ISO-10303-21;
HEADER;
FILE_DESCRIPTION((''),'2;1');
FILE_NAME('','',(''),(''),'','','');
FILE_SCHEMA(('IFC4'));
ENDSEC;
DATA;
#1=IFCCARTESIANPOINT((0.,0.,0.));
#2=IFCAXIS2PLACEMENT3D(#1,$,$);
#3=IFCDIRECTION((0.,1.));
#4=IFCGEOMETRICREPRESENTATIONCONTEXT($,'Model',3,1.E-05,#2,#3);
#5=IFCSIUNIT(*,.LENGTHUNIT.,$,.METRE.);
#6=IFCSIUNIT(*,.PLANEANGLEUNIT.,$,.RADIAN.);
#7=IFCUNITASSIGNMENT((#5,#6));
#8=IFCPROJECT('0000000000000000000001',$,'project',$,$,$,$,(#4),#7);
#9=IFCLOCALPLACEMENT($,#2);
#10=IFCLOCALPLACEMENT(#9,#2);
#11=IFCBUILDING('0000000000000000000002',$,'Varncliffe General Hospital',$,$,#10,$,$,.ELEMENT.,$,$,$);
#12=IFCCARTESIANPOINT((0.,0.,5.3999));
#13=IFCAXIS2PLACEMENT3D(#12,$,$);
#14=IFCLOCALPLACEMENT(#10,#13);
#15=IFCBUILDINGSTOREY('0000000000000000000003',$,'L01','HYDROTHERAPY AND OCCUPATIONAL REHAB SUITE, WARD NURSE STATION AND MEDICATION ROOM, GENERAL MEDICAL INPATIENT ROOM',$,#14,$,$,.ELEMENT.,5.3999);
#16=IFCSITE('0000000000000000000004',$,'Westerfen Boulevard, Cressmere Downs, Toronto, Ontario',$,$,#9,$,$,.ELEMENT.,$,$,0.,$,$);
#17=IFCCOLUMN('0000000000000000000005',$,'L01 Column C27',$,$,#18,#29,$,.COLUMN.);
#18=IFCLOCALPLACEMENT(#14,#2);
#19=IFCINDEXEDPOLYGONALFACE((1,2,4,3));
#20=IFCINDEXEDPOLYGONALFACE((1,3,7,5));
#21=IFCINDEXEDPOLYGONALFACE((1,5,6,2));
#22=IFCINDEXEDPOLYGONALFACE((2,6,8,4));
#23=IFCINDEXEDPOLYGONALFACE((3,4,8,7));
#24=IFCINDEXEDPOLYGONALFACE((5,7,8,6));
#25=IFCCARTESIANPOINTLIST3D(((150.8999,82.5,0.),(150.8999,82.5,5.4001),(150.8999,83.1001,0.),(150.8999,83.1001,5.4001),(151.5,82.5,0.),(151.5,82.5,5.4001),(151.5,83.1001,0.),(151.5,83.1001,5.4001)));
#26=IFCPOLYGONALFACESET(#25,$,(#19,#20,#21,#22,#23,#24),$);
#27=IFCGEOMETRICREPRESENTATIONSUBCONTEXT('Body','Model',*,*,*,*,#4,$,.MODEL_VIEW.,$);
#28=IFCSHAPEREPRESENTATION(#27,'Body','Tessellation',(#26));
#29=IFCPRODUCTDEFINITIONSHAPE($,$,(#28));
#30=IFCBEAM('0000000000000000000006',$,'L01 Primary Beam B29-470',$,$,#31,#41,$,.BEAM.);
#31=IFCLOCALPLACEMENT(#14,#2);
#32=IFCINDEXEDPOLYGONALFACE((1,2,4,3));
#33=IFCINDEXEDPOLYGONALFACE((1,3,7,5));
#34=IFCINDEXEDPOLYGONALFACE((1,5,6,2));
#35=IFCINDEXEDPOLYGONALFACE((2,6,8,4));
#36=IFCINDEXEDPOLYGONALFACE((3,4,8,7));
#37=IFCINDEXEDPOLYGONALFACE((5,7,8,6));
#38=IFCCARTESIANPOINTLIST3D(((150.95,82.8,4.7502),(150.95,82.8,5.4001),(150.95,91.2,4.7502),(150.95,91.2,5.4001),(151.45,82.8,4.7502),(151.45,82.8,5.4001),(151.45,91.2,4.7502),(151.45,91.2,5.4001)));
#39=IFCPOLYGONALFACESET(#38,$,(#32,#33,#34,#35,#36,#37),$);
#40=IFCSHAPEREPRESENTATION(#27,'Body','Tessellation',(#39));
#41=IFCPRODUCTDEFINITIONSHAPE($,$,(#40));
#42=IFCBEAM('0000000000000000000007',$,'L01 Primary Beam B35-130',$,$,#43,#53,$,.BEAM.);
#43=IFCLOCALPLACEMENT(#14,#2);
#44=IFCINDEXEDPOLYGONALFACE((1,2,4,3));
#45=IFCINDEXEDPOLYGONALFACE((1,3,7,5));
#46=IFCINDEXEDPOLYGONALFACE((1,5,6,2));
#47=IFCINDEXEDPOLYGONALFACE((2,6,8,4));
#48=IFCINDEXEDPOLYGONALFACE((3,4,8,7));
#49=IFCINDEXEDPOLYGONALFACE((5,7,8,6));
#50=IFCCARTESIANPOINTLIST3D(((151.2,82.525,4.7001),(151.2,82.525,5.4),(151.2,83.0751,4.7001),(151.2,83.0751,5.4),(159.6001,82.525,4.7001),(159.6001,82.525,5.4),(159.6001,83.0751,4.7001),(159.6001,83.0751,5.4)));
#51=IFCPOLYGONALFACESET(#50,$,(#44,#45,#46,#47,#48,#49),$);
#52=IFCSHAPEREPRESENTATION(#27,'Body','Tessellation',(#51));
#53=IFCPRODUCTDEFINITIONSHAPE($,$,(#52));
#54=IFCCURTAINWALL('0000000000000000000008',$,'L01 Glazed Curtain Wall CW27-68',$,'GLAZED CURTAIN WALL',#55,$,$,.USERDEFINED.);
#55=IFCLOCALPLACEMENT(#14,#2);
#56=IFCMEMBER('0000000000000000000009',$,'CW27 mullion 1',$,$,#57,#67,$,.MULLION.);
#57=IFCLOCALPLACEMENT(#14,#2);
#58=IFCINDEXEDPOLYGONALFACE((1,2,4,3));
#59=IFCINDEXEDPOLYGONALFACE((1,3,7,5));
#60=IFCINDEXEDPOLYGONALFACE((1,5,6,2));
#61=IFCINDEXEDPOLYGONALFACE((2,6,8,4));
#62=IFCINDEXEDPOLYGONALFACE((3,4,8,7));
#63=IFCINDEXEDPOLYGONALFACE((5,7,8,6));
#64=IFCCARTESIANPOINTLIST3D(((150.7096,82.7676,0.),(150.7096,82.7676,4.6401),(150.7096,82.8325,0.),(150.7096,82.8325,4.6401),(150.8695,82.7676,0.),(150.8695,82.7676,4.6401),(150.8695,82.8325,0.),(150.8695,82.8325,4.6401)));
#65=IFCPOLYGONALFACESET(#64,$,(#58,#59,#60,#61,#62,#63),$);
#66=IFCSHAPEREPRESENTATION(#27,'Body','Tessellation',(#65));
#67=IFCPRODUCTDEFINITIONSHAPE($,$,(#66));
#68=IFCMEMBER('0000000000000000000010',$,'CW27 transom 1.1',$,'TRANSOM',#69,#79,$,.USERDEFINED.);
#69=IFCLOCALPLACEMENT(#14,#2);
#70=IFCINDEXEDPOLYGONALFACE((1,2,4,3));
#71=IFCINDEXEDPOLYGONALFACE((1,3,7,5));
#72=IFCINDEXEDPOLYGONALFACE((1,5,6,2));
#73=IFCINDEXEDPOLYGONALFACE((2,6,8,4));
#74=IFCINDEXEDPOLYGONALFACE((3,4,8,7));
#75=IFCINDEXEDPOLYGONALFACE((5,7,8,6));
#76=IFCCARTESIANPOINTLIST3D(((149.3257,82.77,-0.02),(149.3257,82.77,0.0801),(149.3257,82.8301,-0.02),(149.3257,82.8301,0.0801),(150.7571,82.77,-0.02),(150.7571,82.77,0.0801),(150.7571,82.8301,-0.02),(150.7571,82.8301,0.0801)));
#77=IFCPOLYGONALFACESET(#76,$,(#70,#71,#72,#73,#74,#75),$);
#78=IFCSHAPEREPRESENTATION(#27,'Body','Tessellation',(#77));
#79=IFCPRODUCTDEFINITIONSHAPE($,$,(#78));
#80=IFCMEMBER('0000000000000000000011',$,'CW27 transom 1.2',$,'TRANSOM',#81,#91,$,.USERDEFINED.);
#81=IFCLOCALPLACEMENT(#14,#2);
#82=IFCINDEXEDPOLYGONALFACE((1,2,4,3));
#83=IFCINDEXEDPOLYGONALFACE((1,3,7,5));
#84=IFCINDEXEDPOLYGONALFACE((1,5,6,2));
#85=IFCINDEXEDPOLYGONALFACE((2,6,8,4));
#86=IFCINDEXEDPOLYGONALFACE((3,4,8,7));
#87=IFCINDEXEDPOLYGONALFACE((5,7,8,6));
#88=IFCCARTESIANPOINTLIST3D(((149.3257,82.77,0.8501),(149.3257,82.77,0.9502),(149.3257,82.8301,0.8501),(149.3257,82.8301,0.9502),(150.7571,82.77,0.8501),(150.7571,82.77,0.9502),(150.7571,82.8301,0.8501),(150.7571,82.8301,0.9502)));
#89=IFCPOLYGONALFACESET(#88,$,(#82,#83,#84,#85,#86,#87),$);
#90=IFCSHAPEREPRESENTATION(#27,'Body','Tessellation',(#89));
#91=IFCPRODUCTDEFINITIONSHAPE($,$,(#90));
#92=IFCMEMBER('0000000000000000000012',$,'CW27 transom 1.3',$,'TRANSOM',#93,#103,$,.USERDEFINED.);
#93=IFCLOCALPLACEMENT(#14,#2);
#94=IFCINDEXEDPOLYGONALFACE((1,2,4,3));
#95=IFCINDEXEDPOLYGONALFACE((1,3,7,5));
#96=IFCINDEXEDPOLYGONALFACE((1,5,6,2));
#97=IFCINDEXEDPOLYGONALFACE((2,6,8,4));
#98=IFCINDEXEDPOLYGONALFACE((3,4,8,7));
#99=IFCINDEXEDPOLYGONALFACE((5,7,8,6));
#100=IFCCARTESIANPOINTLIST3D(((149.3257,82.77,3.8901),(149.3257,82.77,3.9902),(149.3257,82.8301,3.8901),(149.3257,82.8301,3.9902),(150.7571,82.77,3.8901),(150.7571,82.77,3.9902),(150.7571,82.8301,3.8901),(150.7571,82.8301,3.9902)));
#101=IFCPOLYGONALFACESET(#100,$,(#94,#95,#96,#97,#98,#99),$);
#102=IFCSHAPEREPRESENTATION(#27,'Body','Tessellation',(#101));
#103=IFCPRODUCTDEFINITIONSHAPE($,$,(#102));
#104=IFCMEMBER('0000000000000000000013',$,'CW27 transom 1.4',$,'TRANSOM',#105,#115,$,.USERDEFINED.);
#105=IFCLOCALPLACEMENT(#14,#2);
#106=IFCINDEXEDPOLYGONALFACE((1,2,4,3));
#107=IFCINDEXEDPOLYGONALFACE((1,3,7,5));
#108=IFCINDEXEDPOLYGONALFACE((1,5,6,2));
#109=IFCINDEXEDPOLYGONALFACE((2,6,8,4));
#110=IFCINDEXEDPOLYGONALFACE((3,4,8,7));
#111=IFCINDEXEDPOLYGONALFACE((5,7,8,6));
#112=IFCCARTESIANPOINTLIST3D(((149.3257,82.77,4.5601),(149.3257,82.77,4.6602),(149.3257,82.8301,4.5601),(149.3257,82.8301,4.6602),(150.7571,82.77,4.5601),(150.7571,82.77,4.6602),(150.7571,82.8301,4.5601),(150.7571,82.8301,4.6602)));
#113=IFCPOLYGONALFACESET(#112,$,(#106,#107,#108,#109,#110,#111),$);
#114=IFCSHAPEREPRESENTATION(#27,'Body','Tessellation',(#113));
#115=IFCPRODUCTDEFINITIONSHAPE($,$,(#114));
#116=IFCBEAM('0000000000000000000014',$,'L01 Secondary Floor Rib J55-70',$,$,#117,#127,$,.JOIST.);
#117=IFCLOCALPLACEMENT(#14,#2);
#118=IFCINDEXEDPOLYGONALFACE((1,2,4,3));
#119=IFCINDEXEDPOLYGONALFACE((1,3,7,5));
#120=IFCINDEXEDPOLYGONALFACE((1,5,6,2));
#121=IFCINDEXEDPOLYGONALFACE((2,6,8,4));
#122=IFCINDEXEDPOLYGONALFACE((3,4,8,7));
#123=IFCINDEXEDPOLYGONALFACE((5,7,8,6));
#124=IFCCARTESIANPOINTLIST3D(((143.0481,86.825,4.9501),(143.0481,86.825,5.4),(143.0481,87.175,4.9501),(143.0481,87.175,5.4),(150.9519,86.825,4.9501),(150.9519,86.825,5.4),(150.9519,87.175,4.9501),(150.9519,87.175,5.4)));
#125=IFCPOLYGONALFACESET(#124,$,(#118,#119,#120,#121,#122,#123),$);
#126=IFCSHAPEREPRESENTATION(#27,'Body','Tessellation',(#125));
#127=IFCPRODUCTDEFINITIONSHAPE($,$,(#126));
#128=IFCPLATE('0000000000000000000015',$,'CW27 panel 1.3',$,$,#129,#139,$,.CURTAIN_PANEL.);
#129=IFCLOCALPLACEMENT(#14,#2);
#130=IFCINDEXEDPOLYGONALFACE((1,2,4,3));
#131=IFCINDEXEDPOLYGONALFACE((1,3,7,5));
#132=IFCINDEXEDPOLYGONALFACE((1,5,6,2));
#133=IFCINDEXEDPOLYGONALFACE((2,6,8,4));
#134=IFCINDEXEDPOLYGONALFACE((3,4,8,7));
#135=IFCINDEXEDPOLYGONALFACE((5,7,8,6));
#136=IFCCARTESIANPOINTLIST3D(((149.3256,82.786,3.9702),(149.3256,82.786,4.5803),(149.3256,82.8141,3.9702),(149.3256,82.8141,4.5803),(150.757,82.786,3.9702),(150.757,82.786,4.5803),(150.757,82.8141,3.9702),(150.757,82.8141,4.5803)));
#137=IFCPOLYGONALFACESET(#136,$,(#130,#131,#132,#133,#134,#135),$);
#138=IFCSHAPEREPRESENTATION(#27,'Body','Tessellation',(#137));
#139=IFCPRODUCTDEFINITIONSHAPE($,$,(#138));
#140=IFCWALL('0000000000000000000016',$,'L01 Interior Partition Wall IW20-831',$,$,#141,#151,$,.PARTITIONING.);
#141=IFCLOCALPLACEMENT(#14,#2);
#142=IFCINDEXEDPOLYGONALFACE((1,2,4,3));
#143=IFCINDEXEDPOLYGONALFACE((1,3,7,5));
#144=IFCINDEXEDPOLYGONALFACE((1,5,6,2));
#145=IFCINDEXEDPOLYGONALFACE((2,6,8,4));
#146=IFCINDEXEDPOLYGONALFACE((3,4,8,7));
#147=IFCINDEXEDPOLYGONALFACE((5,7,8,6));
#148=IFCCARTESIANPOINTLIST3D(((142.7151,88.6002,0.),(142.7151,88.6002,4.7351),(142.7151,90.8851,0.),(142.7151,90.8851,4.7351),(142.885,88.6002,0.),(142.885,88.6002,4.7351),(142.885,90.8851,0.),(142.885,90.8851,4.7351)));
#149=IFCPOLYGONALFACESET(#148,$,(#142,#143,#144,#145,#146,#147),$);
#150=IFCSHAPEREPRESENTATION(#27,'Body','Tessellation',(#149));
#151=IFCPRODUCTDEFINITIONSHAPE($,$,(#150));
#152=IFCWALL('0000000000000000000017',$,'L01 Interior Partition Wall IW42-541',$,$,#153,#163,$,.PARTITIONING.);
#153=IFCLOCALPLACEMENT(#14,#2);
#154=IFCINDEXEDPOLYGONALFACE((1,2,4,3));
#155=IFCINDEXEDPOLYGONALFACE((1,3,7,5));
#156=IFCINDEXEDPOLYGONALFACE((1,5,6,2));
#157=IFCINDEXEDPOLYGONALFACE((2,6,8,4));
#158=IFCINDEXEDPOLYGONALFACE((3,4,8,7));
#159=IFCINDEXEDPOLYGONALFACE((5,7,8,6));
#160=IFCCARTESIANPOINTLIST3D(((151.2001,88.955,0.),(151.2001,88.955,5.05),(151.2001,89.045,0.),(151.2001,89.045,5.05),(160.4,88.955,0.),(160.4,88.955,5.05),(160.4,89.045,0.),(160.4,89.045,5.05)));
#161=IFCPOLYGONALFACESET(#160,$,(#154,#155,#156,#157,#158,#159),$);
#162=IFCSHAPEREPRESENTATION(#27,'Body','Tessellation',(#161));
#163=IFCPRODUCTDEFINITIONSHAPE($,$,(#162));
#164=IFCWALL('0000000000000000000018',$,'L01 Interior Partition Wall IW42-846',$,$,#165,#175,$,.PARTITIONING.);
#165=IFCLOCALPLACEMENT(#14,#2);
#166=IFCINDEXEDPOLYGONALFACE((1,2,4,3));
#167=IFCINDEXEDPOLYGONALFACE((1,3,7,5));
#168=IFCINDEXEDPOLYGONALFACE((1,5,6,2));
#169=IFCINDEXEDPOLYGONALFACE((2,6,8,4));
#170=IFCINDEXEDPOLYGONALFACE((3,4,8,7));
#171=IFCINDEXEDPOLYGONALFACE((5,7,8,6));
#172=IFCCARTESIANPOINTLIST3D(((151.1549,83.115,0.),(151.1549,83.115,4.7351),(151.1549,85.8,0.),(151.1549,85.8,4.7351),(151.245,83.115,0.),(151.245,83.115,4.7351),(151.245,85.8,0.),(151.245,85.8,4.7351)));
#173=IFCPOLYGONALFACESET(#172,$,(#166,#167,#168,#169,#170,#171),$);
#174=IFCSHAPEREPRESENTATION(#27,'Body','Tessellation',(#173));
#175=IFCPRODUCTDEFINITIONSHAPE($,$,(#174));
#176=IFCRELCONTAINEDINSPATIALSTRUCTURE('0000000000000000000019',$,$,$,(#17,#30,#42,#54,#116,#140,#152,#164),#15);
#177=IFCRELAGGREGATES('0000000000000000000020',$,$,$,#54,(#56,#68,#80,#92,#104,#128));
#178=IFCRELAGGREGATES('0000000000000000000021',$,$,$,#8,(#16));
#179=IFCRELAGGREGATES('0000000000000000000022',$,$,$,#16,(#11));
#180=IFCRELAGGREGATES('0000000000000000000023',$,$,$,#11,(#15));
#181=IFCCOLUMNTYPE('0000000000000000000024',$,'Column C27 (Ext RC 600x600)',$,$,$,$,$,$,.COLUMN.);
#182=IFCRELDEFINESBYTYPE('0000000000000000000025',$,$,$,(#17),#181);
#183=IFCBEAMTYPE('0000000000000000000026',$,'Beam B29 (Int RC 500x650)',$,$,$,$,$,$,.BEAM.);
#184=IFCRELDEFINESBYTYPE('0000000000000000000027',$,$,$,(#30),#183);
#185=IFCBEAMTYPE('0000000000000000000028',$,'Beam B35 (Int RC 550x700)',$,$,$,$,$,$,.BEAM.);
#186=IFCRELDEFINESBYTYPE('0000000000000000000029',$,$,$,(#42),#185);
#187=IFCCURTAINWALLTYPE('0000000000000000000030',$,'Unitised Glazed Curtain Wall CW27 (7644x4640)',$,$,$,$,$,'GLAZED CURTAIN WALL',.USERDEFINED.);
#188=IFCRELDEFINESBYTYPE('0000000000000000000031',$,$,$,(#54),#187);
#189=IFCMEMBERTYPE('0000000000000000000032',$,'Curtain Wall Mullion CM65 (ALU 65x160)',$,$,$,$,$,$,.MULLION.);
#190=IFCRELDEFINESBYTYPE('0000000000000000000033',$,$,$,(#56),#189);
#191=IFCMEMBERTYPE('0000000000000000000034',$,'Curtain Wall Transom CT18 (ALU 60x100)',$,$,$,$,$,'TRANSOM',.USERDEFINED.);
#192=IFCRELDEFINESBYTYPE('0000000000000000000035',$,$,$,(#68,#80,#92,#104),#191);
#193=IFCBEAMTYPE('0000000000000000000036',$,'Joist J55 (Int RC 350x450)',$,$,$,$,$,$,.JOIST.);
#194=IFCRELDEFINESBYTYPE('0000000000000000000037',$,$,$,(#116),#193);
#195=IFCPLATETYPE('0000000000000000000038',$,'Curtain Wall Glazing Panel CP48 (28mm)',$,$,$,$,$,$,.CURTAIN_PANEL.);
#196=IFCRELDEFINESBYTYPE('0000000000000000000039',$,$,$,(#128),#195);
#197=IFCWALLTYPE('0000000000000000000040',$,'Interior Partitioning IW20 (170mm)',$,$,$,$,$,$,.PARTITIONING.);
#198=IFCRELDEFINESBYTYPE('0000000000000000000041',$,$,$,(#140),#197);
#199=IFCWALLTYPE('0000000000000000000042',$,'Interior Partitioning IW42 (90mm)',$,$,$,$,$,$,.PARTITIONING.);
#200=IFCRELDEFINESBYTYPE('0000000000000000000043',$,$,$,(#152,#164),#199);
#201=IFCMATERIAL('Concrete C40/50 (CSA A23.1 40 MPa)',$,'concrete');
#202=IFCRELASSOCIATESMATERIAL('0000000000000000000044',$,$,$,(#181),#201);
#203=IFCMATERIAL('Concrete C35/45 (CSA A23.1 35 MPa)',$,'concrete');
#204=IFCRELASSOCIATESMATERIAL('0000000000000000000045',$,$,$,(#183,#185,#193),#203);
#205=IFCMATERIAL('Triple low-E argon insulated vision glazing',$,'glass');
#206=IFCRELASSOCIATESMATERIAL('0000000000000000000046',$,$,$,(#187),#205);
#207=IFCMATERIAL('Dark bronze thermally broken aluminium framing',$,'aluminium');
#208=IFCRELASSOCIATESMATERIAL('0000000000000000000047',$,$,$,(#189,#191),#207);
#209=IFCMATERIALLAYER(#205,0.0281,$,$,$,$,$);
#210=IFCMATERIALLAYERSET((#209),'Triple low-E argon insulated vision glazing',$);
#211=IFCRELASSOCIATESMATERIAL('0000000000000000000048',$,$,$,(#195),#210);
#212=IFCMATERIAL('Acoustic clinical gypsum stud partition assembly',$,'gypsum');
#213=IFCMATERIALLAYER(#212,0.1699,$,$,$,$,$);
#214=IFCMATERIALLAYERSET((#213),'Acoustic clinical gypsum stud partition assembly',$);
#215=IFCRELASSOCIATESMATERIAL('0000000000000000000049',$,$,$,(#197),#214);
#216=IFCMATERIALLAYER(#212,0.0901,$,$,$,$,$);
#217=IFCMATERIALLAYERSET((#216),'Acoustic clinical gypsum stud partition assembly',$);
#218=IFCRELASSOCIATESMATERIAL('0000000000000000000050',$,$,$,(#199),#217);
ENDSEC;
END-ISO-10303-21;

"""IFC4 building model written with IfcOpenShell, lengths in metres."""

from ifc_helpers import new_model, si_unit, direction, frame, frame_2d, origin, origin_2d, place, context, subcontext, project, spatial, rectangle, extrude, material, layer, layer_set, material_profile, profile_set, type_object, element, aggregate, save


model = new_model("IFC4")

# Units and contexts
model_context = context("Model", 3, precision=1e-05, world=origin(), true_north=direction((0.0, 1.0)))
body_context = subcontext(model_context, "Body", "Model", "MODEL_VIEW")
ifc_project = project(units=[si_unit("LENGTHUNIT", "METRE"), si_unit("PLANEANGLEUNIT", "RADIAN")], contexts=[model_context])

# Site, building, storey
site_placement = place(None, origin())
site = spatial("IfcSite", under=ifc_project, at=site_placement, Name="Westerfen Boulevard, Cressmere Downs, Toronto, Ontario", CompositionType="ELEMENT", RefElevation=0.0)
building_placement = place(site_placement, origin())
building = spatial("IfcBuilding", under=site, at=building_placement, Name="Varncliffe General Hospital", CompositionType="ELEMENT")
storey_placement = place(building_placement, frame((0.0, 0.0, 5.3999)))
storey = spatial("IfcBuildingStorey", under=building, at=storey_placement, Name="L01", Description="HYDROTHERAPY AND OCCUPATIONAL REHAB SUITE, WARD NURSE STATION AND MEDICATION ROOM, GENERAL MEDICAL INPATIENT ROOM", CompositionType="ELEMENT", Elevation=5.3999)

# Column
ifc_material_1 = material(Name="Concrete C40/50 (CSA A23.1 40 MPa)", Category="concrete")
ifc_material_profile_1 = material_profile(ifc_material_1, rectangle(XDim=0.6001, YDim=0.6001, at=origin_2d()), Name="RC 600x600")
ifc_profile_set_1 = profile_set([ifc_material_profile_1], Name="Concrete C40/50 (CSA A23.1 40 MPa)")
column_type = type_object("IfcColumnType", Name="Column C27 (Ext RC 600x600)", PredefinedType="COLUMN", material=ifc_profile_set_1)
column_placement = place(storey_placement, frame((151.2, 82.8, 0.0), z_axis=(0.0, 0.0, 1.0), x_axis=(1.0, 0.0, 0.0)))
element("IfcColumn", 1, at=column_placement, inside=storey, type_object=column_type, Name="L01 Column C27", PredefinedType="COLUMN", context=body_context, shape_type="SweptSolid", body=[
    extrude(rectangle(XDim=0.6001, YDim=0.6001, at=origin_2d()), origin(), (0.0, 0.0, 1.0), 5.4001),
])

# Beams
ifc_material_2 = material(Name="Concrete C35/45 (CSA A23.1 35 MPa)", Category="concrete")
ifc_material_profile_2 = material_profile(ifc_material_2, rectangle(XDim=0.5, YDim=0.6499, at=origin_2d()), Name="RC 500x650")
ifc_profile_set_2 = profile_set([ifc_material_profile_2], Name="Concrete C35/45 (CSA A23.1 35 MPa)")
beam_type_1 = type_object("IfcBeamType", Name="Beam B29 (Int RC 500x650)", PredefinedType="BEAM", material=ifc_profile_set_2)
beam_1_placement = place(storey_placement, frame((151.2, 82.8, 5.0752), z_axis=(0.0, 1.0, 0.0), x_axis=(-1.0, 0.0, 0.0)))
element("IfcBeam", 2, at=beam_1_placement, inside=storey, type_object=beam_type_1, Name="L01 Primary Beam B29-470", PredefinedType="BEAM", context=body_context, shape_type="SweptSolid", body=[
    extrude(rectangle(XDim=0.5, YDim=0.6499, at=origin_2d()), origin(), (0.0, 0.0, 1.0), 8.3999),
])
ifc_material_profile_3 = material_profile(ifc_material_2, rectangle(XDim=0.55, YDim=0.7, at=origin_2d()), Name="RC 550x700")
ifc_profile_set_3 = profile_set([ifc_material_profile_3], Name="Concrete C35/45 (CSA A23.1 35 MPa)")
beam_type_2 = type_object("IfcBeamType", Name="Beam B35 (Int RC 550x700)", PredefinedType="BEAM", material=ifc_profile_set_3)
beam_2_placement = place(storey_placement, frame((151.2, 82.8, 5.05), z_axis=(1.0, 0.0, 0.0), x_axis=(0.0, 1.0, 0.0)))
element("IfcBeam", 3, at=beam_2_placement, inside=storey, type_object=beam_type_2, Name="L01 Primary Beam B35-130", PredefinedType="BEAM", context=body_context, shape_type="SweptSolid", body=[
    extrude(rectangle(XDim=0.55, YDim=0.7, at=origin_2d()), origin(), (0.0, 0.0, 1.0), 8.4001),
])

# Curtain wall, members
ifc_material_3 = material(Name="Triple low-E argon insulated vision glazing", Category="glass")
curtain_wall_type = type_object("IfcCurtainWallType", Name="Unitised Glazed Curtain Wall CW27 (7644x4640)", ElementType="GLAZED CURTAIN WALL", PredefinedType="USERDEFINED", material=ifc_material_3)
curtain_wall_placement = place(storey_placement, origin())
curtain_wall = element("IfcCurtainWall", 4, at=curtain_wall_placement, inside=storey, type_object=curtain_wall_type, Name="L01 Glazed Curtain Wall CW27-68", ObjectType="GLAZED CURTAIN WALL", PredefinedType="USERDEFINED")
ifc_material_4 = material(Name="Dark bronze thermally broken aluminium framing", Category="aluminium")
ifc_material_profile_4 = material_profile(ifc_material_4, rectangle(XDim=0.0649, YDim=0.1599, at=origin_2d()), Name="ALU 65x160")
ifc_profile_set_4 = profile_set([ifc_material_profile_4], Name="Dark bronze thermally broken aluminium framing")
member_type_1 = type_object("IfcMemberType", Name="Curtain Wall Mullion CM65 (ALU 65x160)", PredefinedType="MULLION", material=ifc_profile_set_4)
member_1_placement = place(storey_placement, frame((150.7896, 82.8, 0.0), z_axis=(0.0, 0.0, 1.0), x_axis=(0.0, -1.0, 0.0)))
member_1 = element("IfcMember", 5, at=member_1_placement, type_object=member_type_1, Name="CW27 mullion 1", PredefinedType="MULLION", context=body_context, shape_type="SweptSolid", body=[
    extrude(rectangle(XDim=0.0649, YDim=0.1599, at=origin_2d()), origin(), (0.0, 0.0, 1.0), 4.6401),
])
ifc_material_profile_5 = material_profile(ifc_material_4, rectangle(XDim=0.0601, YDim=0.1001, at=origin_2d()), Name="ALU 60x100")
ifc_profile_set_5 = profile_set([ifc_material_profile_5], Name="Dark bronze thermally broken aluminium framing")
member_type_2 = type_object("IfcMemberType", Name="Curtain Wall Transom CT18 (ALU 60x100)", ElementType="TRANSOM", PredefinedType="USERDEFINED", material=ifc_profile_set_5)
member_2_placement = place(storey_placement, frame((150.7571, 82.8, 0.03), z_axis=(-1.0, 0.0, 0.0), x_axis=(0.0, -1.0, 0.0)))
member_2 = element("IfcMember", 6, at=member_2_placement, type_object=member_type_2, Name="CW27 transom 1.1", ObjectType="TRANSOM", PredefinedType="USERDEFINED", context=body_context, shape_type="SweptSolid", body=[
    extrude(rectangle(XDim=0.0601, YDim=0.1001, at=origin_2d()), origin(), (0.0, 0.0, 1.0), 1.4314),
])
member_3_placement = place(storey_placement, frame((150.7571, 82.8, 0.9001), z_axis=(-1.0, 0.0, 0.0), x_axis=(0.0, -1.0, 0.0)))
member_3 = element("IfcMember", 7, at=member_3_placement, type_object=member_type_2, Name="CW27 transom 1.2", ObjectType="TRANSOM", PredefinedType="USERDEFINED", context=body_context, shape_type="SweptSolid", body=[
    extrude(rectangle(XDim=0.0601, YDim=0.1001, at=origin_2d()), origin(), (0.0, 0.0, 1.0), 1.4314),
])
member_4_placement = place(storey_placement, frame((150.7571, 82.8, 3.9402), z_axis=(-1.0, 0.0, 0.0), x_axis=(0.0, -1.0, 0.0)))
member_4 = element("IfcMember", 8, at=member_4_placement, type_object=member_type_2, Name="CW27 transom 1.3", ObjectType="TRANSOM", PredefinedType="USERDEFINED", context=body_context, shape_type="SweptSolid", body=[
    extrude(rectangle(XDim=0.0601, YDim=0.1001, at=origin_2d()), origin(), (0.0, 0.0, 1.0), 1.4314),
])
member_5_placement = place(storey_placement, frame((150.7571, 82.8, 4.6101), z_axis=(-1.0, 0.0, 0.0), x_axis=(0.0, -1.0, 0.0)))
member_5 = element("IfcMember", 9, at=member_5_placement, type_object=member_type_2, Name="CW27 transom 1.4", ObjectType="TRANSOM", PredefinedType="USERDEFINED", context=body_context, shape_type="SweptSolid", body=[
    extrude(rectangle(XDim=0.0601, YDim=0.1001, at=origin_2d()), origin(), (0.0, 0.0, 1.0), 1.4314),
])

# Beam
ifc_material_profile_6 = material_profile(ifc_material_2, rectangle(XDim=0.3501, YDim=0.45, at=origin_2d()), Name="RC 350x450")
ifc_profile_set_6 = profile_set([ifc_material_profile_6], Name="Concrete C35/45 (CSA A23.1 35 MPa)")
beam_type_3 = type_object("IfcBeamType", Name="Joist J55 (Int RC 350x450)", PredefinedType="JOIST", material=ifc_profile_set_6)
beam_3_placement = place(storey_placement, frame((143.0481, 87.0, 5.175), z_axis=(1.0, 0.0, 0.0), x_axis=(0.0, 1.0, 0.0)))
element("IfcBeam", 10, at=beam_3_placement, inside=storey, type_object=beam_type_3, Name="L01 Secondary Floor Rib J55-70", PredefinedType="JOIST", context=body_context, shape_type="SweptSolid", body=[
    extrude(rectangle(XDim=0.3501, YDim=0.45, at=origin_2d()), origin(), (0.0, 0.0, 1.0), 7.9038),
])

# Plate
ifc_layer_1 = layer(ifc_material_3, 0.0281)
ifc_layer_set_1 = layer_set([ifc_layer_1], Name="Triple low-E argon insulated vision glazing")
plate_type = type_object("IfcPlateType", Name="Curtain Wall Glazing Panel CP48 (28mm)", PredefinedType="CURTAIN_PANEL", material=ifc_layer_set_1)
plate_placement = place(storey_placement, frame((150.0413, 82.8, 3.9702), z_axis=(0.0, 0.0, 1.0), x_axis=(-1.0, 0.0, 0.0)))
plate = element("IfcPlate", 11, at=plate_placement, type_object=plate_type, Name="CW27 panel 1.3", PredefinedType="CURTAIN_PANEL", context=body_context, shape_type="SweptSolid", body=[
    extrude(rectangle(XDim=1.4314, YDim=0.0281, at=origin_2d()), origin(), (0.0, 0.0, 1.0), 0.6101),
])
aggregate(curtain_wall, [member_1, member_2, member_3, member_4, member_5, plate])

# Walls
ifc_material_5 = material(Name="Acoustic clinical gypsum stud partition assembly", Category="gypsum")
ifc_layer_2 = layer(ifc_material_5, 0.1699)
ifc_layer_set_2 = layer_set([ifc_layer_2], Name="Acoustic clinical gypsum stud partition assembly")
wall_type_1 = type_object("IfcWallType", Name="Interior Partitioning IW20 (170mm)", PredefinedType="PARTITIONING", material=ifc_layer_set_2)
wall_1_placement = place(storey_placement, frame((142.8, 88.6001, 0.0), z_axis=(0.0, 0.0, 1.0), x_axis=(0.0, 1.0, 0.0)))
element("IfcWall", 12, at=wall_1_placement, inside=storey, type_object=wall_type_1, Name="L01 Interior Partition Wall IW20-831", PredefinedType="PARTITIONING", context=body_context, shape_type="SweptSolid", body=[
    extrude(rectangle(XDim=2.2849, YDim=0.1699, at=frame_2d((1.1426, 0.0))), origin(), (0.0, 0.0, 1.0), 4.7351),
])
ifc_layer_3 = layer(ifc_material_5, 0.0901)
ifc_layer_set_3 = layer_set([ifc_layer_3], Name="Acoustic clinical gypsum stud partition assembly")
wall_type_2 = type_object("IfcWallType", Name="Interior Partitioning IW42 (90mm)", PredefinedType="PARTITIONING", material=ifc_layer_set_3)
wall_2_placement = place(storey_placement, frame((151.2, 89.0, 0.0), z_axis=(0.0, 0.0, 1.0), x_axis=(1.0, 0.0, 0.0)))
element("IfcWall", 13, at=wall_2_placement, inside=storey, type_object=wall_type_2, Name="L01 Interior Partition Wall IW42-541", PredefinedType="PARTITIONING", context=body_context, shape_type="SweptSolid", body=[
    extrude(rectangle(XDim=9.2, YDim=0.0901, at=frame_2d((4.6001, 0.0))), origin(), (0.0, 0.0, 1.0), 5.05),
])
wall_3_placement = place(storey_placement, frame((151.2, 83.115, 0.0), z_axis=(0.0, 0.0, 1.0), x_axis=(0.0, 1.0, 0.0)))
element("IfcWall", 14, at=wall_3_placement, inside=storey, type_object=wall_type_2, Name="L01 Interior Partition Wall IW42-846", PredefinedType="PARTITIONING", context=body_context, shape_type="SweptSolid", body=[
    extrude(rectangle(XDim=2.6851, YDim=0.0901, at=frame_2d((1.3425, 0.0))), origin(), (0.0, 0.0, 1.0), 4.7351),
])

save(model, "model.ifc")
